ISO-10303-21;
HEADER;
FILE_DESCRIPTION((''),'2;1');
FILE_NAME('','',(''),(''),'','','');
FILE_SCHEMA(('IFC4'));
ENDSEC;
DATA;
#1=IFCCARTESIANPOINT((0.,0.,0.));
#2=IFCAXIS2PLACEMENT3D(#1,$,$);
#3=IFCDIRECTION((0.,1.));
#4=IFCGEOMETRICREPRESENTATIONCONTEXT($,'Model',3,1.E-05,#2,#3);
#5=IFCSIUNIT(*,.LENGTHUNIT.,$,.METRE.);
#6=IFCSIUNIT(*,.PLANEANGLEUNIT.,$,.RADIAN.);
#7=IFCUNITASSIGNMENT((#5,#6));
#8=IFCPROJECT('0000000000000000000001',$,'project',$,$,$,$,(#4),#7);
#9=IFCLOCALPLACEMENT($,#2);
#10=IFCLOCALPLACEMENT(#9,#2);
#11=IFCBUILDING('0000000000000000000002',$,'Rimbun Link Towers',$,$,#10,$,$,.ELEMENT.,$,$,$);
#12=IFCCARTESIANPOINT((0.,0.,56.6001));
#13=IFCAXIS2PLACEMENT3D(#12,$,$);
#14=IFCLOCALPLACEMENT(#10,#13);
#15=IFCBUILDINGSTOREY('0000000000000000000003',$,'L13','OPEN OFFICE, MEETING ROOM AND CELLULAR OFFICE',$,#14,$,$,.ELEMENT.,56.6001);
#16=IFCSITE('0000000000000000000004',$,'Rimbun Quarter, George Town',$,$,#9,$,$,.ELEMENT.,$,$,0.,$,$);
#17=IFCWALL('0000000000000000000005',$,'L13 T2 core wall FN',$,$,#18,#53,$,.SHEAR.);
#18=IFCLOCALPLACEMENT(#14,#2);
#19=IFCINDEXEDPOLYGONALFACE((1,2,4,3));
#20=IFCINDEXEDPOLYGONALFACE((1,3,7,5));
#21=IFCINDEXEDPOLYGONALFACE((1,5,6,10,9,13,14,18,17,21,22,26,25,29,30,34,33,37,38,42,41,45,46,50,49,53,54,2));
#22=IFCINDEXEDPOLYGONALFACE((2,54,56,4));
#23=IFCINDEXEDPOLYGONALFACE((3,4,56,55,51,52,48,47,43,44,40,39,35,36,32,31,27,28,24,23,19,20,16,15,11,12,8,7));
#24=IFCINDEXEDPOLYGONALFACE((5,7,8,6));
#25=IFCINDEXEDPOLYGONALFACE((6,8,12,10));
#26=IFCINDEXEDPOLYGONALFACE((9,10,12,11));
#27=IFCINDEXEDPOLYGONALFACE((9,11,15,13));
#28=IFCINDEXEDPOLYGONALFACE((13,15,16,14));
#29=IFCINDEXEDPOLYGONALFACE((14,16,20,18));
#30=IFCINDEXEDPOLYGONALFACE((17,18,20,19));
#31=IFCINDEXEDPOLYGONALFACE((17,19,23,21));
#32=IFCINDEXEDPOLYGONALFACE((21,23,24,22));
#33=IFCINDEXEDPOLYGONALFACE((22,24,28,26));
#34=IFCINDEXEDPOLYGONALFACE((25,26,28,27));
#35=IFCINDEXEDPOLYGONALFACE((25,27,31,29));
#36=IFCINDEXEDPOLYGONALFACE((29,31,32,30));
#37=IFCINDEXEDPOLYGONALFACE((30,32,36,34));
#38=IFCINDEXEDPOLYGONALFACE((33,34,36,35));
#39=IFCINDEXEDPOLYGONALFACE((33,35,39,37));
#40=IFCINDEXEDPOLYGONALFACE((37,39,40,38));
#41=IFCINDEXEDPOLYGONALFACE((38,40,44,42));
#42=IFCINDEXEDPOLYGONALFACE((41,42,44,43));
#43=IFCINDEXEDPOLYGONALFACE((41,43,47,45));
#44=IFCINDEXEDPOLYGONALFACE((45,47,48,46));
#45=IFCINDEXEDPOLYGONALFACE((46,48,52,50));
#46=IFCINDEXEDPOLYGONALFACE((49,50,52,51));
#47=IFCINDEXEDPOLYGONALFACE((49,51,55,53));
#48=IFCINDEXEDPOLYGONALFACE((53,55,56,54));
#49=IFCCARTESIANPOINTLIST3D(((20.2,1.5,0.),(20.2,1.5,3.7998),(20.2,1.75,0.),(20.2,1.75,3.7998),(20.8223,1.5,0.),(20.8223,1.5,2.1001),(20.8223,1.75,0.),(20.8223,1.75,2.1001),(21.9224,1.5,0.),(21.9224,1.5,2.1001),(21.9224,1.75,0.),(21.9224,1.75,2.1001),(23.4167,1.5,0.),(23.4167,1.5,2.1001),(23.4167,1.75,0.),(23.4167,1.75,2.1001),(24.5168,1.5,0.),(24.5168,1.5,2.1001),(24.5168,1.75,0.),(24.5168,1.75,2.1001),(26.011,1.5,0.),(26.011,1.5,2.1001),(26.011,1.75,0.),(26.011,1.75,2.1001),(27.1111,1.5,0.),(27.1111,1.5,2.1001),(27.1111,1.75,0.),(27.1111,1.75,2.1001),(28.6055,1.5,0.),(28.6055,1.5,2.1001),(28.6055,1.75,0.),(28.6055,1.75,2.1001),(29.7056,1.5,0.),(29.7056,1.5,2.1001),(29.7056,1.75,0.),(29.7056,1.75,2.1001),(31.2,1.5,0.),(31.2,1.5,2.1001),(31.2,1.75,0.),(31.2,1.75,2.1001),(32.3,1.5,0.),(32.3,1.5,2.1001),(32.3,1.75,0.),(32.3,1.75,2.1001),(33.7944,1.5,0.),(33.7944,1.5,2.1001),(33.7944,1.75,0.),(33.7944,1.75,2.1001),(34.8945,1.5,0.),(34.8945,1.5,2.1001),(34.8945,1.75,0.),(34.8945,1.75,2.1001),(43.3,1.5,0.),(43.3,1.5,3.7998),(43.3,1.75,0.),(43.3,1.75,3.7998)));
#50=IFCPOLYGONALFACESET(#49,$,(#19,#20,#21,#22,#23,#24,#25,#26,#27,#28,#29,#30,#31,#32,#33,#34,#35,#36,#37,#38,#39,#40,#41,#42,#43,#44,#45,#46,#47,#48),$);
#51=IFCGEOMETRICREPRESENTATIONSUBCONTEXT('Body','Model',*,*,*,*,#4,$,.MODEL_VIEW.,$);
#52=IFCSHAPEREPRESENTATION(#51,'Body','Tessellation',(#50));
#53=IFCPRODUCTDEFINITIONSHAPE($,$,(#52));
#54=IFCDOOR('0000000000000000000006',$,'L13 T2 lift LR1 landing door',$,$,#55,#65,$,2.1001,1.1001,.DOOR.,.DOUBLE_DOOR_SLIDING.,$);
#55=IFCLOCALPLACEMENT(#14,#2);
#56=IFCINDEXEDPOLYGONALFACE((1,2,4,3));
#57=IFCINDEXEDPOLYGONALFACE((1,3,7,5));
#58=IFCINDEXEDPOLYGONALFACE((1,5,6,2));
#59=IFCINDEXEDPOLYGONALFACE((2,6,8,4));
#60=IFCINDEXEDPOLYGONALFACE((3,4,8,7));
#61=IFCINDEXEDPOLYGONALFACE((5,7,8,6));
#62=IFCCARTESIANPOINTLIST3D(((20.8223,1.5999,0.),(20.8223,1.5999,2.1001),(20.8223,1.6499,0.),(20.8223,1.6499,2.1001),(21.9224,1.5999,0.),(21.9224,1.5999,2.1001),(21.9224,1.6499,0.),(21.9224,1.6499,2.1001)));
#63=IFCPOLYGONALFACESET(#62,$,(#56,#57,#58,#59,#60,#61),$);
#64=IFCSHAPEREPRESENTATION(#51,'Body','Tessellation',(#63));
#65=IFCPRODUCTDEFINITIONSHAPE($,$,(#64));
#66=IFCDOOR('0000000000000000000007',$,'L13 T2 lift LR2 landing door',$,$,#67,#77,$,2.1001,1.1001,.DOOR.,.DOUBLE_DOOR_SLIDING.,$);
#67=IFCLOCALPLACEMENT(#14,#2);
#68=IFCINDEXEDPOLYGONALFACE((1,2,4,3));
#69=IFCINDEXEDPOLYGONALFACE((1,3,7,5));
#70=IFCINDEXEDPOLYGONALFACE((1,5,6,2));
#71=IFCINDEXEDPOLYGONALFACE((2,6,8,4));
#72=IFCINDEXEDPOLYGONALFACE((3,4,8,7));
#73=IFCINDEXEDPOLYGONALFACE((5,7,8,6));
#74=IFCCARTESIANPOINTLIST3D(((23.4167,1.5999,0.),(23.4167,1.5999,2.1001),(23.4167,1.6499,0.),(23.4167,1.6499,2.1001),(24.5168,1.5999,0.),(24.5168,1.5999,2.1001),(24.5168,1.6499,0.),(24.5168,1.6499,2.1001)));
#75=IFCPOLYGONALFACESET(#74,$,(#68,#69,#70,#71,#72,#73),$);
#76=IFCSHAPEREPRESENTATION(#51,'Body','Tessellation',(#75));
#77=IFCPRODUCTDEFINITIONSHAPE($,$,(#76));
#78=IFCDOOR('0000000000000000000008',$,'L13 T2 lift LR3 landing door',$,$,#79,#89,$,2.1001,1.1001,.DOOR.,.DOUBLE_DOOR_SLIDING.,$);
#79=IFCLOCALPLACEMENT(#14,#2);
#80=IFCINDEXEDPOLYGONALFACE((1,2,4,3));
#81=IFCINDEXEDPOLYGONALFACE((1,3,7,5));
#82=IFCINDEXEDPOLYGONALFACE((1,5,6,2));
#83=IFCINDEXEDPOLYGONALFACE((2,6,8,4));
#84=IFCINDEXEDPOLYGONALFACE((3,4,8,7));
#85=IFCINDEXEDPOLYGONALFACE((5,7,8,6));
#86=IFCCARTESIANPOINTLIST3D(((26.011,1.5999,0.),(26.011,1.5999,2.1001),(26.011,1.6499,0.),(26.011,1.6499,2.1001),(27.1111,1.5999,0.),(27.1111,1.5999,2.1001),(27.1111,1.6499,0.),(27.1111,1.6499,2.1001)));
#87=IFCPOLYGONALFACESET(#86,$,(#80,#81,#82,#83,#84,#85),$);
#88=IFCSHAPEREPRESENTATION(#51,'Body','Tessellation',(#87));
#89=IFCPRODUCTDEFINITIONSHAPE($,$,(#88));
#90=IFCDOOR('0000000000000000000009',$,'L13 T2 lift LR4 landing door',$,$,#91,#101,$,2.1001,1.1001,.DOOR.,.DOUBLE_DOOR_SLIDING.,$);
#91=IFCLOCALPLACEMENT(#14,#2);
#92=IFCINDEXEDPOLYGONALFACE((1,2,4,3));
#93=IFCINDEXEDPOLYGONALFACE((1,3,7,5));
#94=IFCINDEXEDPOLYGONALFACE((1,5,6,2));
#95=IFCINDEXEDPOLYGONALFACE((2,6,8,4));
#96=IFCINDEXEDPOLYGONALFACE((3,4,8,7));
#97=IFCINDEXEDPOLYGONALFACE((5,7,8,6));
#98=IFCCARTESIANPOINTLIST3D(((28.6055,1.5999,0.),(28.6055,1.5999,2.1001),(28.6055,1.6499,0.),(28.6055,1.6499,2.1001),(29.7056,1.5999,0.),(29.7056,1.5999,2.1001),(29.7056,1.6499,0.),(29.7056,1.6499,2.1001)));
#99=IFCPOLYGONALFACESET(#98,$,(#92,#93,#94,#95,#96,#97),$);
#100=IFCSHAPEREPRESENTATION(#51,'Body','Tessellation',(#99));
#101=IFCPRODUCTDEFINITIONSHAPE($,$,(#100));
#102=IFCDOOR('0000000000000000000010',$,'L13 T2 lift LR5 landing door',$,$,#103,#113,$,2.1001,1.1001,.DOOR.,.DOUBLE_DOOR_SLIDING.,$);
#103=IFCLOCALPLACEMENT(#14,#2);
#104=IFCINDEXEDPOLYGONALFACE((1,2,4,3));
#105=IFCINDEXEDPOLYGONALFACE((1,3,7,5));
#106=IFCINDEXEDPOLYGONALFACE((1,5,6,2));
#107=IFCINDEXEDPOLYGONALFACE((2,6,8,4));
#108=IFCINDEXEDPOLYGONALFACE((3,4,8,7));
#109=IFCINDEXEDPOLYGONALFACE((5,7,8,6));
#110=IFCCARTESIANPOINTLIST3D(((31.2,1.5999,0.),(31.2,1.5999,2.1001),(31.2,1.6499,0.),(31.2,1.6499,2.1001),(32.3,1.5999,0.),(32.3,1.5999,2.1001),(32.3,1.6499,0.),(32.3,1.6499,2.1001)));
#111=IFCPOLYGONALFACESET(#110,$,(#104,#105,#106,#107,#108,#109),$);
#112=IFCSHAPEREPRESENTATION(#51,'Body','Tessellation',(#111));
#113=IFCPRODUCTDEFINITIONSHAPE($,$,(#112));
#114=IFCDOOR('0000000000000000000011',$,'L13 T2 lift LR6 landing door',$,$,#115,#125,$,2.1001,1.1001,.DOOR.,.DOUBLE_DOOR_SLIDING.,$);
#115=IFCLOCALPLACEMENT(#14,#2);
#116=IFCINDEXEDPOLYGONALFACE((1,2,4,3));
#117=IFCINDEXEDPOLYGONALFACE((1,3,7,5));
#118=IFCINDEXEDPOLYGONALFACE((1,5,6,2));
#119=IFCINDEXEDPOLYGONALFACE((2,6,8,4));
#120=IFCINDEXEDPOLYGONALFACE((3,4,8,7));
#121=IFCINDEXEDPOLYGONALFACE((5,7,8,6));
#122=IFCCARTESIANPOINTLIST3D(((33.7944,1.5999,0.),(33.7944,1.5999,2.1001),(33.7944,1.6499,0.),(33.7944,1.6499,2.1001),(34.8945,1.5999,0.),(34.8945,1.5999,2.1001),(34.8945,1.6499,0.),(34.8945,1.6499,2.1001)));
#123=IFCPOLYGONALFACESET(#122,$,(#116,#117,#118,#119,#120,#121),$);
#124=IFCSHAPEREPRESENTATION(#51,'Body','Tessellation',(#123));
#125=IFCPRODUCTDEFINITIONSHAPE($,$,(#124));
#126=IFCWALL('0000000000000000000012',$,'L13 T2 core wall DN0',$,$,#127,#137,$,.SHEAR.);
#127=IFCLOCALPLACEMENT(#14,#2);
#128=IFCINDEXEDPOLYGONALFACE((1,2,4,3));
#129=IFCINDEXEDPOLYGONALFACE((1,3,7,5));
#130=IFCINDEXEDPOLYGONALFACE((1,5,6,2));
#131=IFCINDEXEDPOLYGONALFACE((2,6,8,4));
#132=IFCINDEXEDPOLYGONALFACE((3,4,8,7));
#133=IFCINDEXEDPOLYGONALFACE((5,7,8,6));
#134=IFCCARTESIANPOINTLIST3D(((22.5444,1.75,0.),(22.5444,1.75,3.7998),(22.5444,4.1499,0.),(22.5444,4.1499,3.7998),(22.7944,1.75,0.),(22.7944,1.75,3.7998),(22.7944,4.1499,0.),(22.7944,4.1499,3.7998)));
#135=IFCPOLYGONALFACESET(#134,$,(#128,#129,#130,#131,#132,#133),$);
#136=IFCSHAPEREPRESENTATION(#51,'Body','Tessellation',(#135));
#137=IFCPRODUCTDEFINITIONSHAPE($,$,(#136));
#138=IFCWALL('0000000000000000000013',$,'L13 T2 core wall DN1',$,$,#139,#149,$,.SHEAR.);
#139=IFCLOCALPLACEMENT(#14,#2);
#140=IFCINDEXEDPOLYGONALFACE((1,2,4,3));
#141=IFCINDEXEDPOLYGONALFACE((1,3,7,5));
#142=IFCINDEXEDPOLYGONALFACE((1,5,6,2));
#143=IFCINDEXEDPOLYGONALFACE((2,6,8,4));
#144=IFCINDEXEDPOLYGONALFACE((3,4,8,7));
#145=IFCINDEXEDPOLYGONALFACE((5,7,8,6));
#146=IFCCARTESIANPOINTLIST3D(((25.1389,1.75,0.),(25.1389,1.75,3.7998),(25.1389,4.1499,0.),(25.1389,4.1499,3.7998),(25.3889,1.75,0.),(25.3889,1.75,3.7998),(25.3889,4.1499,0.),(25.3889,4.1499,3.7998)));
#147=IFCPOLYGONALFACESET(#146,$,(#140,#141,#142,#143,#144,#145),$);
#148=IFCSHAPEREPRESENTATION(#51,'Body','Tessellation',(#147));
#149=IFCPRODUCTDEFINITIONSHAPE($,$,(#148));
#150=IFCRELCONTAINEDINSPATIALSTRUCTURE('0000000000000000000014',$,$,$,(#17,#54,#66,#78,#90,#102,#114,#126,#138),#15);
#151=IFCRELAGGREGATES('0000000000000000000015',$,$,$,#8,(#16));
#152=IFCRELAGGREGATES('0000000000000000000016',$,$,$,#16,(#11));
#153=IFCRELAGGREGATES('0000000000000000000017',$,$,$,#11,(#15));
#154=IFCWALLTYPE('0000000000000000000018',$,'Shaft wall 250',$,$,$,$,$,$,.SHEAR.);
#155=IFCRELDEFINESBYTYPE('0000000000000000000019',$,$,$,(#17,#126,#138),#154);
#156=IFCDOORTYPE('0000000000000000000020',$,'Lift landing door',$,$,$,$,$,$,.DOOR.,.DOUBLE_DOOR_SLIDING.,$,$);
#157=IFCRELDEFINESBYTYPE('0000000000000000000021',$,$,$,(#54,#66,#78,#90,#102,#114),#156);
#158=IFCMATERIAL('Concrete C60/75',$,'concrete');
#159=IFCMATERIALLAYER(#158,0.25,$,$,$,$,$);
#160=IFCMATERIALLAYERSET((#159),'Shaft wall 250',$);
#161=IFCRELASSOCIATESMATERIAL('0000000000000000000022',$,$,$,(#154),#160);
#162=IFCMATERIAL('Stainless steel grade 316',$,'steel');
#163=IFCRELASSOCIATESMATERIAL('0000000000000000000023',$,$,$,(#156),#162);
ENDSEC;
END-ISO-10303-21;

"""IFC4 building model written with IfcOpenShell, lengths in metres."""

from ifc_helpers import new_model, si_unit, direction, frame, frame_2d, origin, place, context, subcontext, project, spatial, rectangle, extrude, material, layer, layer_set, type_object, element, fill, save


model = new_model("IFC4")

# Units and contexts
model_context = context("Model", 3, precision=1e-05, world=origin(), true_north=direction((0.0, 1.0)))
body_context = subcontext(model_context, "Body", "Model", "MODEL_VIEW")
ifc_project = project(units=[si_unit("LENGTHUNIT", "METRE"), si_unit("PLANEANGLEUNIT", "RADIAN")], contexts=[model_context])

# Site, building, storey
site_placement = place(None, origin())
site = spatial("IfcSite", under=ifc_project, at=site_placement, Name="Rimbun Quarter, George Town", CompositionType="ELEMENT", RefElevation=0.0)
building_placement = place(site_placement, origin())
building = spatial("IfcBuilding", under=site, at=building_placement, Name="Rimbun Link Towers", CompositionType="ELEMENT")
storey_placement = place(building_placement, frame((0.0, 0.0, 56.6001)))
storey = spatial("IfcBuildingStorey", under=building, at=storey_placement, Name="L13", Description="OPEN OFFICE, MEETING ROOM AND CELLULAR OFFICE", CompositionType="ELEMENT", Elevation=56.6001)

# Shared definitions
ifc_material_1 = material(Name="Concrete C60/75", Category="concrete")
ifc_layer_1 = layer(ifc_material_1, 0.25)
ifc_layer_set_1 = layer_set([ifc_layer_1], Name="Shaft wall 250")
wall_type_1 = type_object("IfcWallType", Name="Shaft wall 250", PredefinedType="SHEAR", material=ifc_layer_set_1)

# Wall, openings, doors
wall_1_placement = place(storey_placement, frame((20.2, 1.625, 0.0), z_axis=(0.0, 0.0, 1.0), x_axis=(1.0, 0.0, 0.0)))
wall_1 = element("IfcWall", 1, at=wall_1_placement, inside=storey, type_object=wall_type_1, Name="L13 T2 core wall FN", PredefinedType="SHEAR", context=body_context, shape_type="SweptSolid", body=[
    extrude(rectangle(XDim=23.1001, YDim=0.25, at=frame_2d((11.55, 0.0))), origin(), (0.0, 0.0, 1.0), 3.7998),
])
opening_1_placement = place(wall_1_placement, frame((0.6223, 0.0, 0.0)))
opening_1 = element("IfcOpeningElement", 2, at=opening_1_placement, cuts=wall_1, PredefinedType="OPENING", context=body_context, shape_type="SweptSolid", body=[
    extrude(rectangle(XDim=1.1001, YDim=2.1001, at=frame_2d((0.55, 1.05))), frame((0.0, 0.135, 0.0), z_axis=(0.0, -1.0, 0.0), x_axis=(1.0, 0.0, 0.0)), (0.0, 0.0, 1.0), 0.27),
])
opening_2_placement = place(wall_1_placement, frame((3.2168, 0.0, 0.0)))
opening_2 = element("IfcOpeningElement", 3, at=opening_2_placement, cuts=wall_1, PredefinedType="OPENING", context=body_context, shape_type="SweptSolid", body=[
    extrude(rectangle(XDim=1.1001, YDim=2.1001, at=frame_2d((0.55, 1.05))), frame((0.0, 0.135, 0.0), z_axis=(0.0, -1.0, 0.0), x_axis=(1.0, 0.0, 0.0)), (0.0, 0.0, 1.0), 0.27),
])
opening_3_placement = place(wall_1_placement, frame((5.811, 0.0, 0.0)))
opening_3 = element("IfcOpeningElement", 4, at=opening_3_placement, cuts=wall_1, PredefinedType="OPENING", context=body_context, shape_type="SweptSolid", body=[
    extrude(rectangle(XDim=1.1001, YDim=2.1001, at=frame_2d((0.55, 1.05))), frame((0.0, 0.135, 0.0), z_axis=(0.0, -1.0, 0.0), x_axis=(1.0, 0.0, 0.0)), (0.0, 0.0, 1.0), 0.27),
])
opening_4_placement = place(wall_1_placement, frame((8.4055, 0.0, 0.0)))
opening_4 = element("IfcOpeningElement", 5, at=opening_4_placement, cuts=wall_1, PredefinedType="OPENING", context=body_context, shape_type="SweptSolid", body=[
    extrude(rectangle(XDim=1.1001, YDim=2.1001, at=frame_2d((0.55, 1.05))), frame((0.0, 0.135, 0.0), z_axis=(0.0, -1.0, 0.0), x_axis=(1.0, 0.0, 0.0)), (0.0, 0.0, 1.0), 0.27),
])
opening_5_placement = place(wall_1_placement, frame((11.0, 0.0, 0.0)))
opening_5 = element("IfcOpeningElement", 6, at=opening_5_placement, cuts=wall_1, PredefinedType="OPENING", context=body_context, shape_type="SweptSolid", body=[
    extrude(rectangle(XDim=1.1001, YDim=2.1001, at=frame_2d((0.55, 1.05))), frame((0.0, 0.135, 0.0), z_axis=(0.0, -1.0, 0.0), x_axis=(1.0, 0.0, 0.0)), (0.0, 0.0, 1.0), 0.27),
])
opening_6_placement = place(wall_1_placement, frame((13.5945, 0.0, 0.0)))
opening_6 = element("IfcOpeningElement", 7, at=opening_6_placement, cuts=wall_1, PredefinedType="OPENING", context=body_context, shape_type="SweptSolid", body=[
    extrude(rectangle(XDim=1.1001, YDim=2.1001, at=frame_2d((0.55, 1.05))), frame((0.0, 0.135, 0.0), z_axis=(0.0, -1.0, 0.0), x_axis=(1.0, 0.0, 0.0)), (0.0, 0.0, 1.0), 0.27),
])
ifc_material_2 = material(Name="Stainless steel grade 316", Category="steel")
door_type_1 = type_object("IfcDoorType", Name="Lift landing door", OperationType="DOUBLE_DOOR_SLIDING", PredefinedType="DOOR", material=ifc_material_2)
door_1_placement = place(opening_1_placement, origin())
door_1 = element("IfcDoor", 8, at=door_1_placement, inside=storey, type_object=door_type_1, Name="L13 T2 lift LR1 landing door", OperationType="DOUBLE_DOOR_SLIDING", OverallHeight=2.1001, OverallWidth=1.1001, PredefinedType="DOOR", context=body_context, shape_type="SweptSolid", body=[
    extrude(rectangle(XDim=1.1001, YDim=2.1001, at=frame_2d((0.55, 1.05))), frame((0.0, 0.0249, 0.0), z_axis=(0.0, -1.0, 0.0), x_axis=(1.0, 0.0, 0.0)), (0.0, 0.0, 1.0), 0.05),
])
fill(opening_1, door_1)
door_2_placement = place(opening_2_placement, origin())
door_2 = element("IfcDoor", 9, at=door_2_placement, inside=storey, type_object=door_type_1, Name="L13 T2 lift LR2 landing door", OperationType="DOUBLE_DOOR_SLIDING", OverallHeight=2.1001, OverallWidth=1.1001, PredefinedType="DOOR", context=body_context, shape_type="SweptSolid", body=[
    extrude(rectangle(XDim=1.1001, YDim=2.1001, at=frame_2d((0.55, 1.05))), frame((0.0, 0.0249, 0.0), z_axis=(0.0, -1.0, 0.0), x_axis=(1.0, 0.0, 0.0)), (0.0, 0.0, 1.0), 0.05),
])
fill(opening_2, door_2)
door_3_placement = place(opening_3_placement, origin())
door_3 = element("IfcDoor", 10, at=door_3_placement, inside=storey, type_object=door_type_1, Name="L13 T2 lift LR3 landing door", OperationType="DOUBLE_DOOR_SLIDING", OverallHeight=2.1001, OverallWidth=1.1001, PredefinedType="DOOR", context=body_context, shape_type="SweptSolid", body=[
    extrude(rectangle(XDim=1.1001, YDim=2.1001, at=frame_2d((0.55, 1.05))), frame((0.0, 0.0249, 0.0), z_axis=(0.0, -1.0, 0.0), x_axis=(1.0, 0.0, 0.0)), (0.0, 0.0, 1.0), 0.05),
])
fill(opening_3, door_3)
door_4_placement = place(opening_4_placement, origin())
door_4 = element("IfcDoor", 11, at=door_4_placement, inside=storey, type_object=door_type_1, Name="L13 T2 lift LR4 landing door", OperationType="DOUBLE_DOOR_SLIDING", OverallHeight=2.1001, OverallWidth=1.1001, PredefinedType="DOOR", context=body_context, shape_type="SweptSolid", body=[
    extrude(rectangle(XDim=1.1001, YDim=2.1001, at=frame_2d((0.55, 1.05))), frame((0.0, 0.0249, 0.0), z_axis=(0.0, -1.0, 0.0), x_axis=(1.0, 0.0, 0.0)), (0.0, 0.0, 1.0), 0.05),
])
fill(opening_4, door_4)
door_5_placement = place(opening_5_placement, origin())
door_5 = element("IfcDoor", 12, at=door_5_placement, inside=storey, type_object=door_type_1, Name="L13 T2 lift LR5 landing door", OperationType="DOUBLE_DOOR_SLIDING", OverallHeight=2.1001, OverallWidth=1.1001, PredefinedType="DOOR", context=body_context, shape_type="SweptSolid", body=[
    extrude(rectangle(XDim=1.1001, YDim=2.1001, at=frame_2d((0.55, 1.05))), frame((0.0, 0.0249, 0.0), z_axis=(0.0, -1.0, 0.0), x_axis=(1.0, 0.0, 0.0)), (0.0, 0.0, 1.0), 0.05),
])
fill(opening_5, door_5)
door_6_placement = place(opening_6_placement, origin())
door_6 = element("IfcDoor", 13, at=door_6_placement, inside=storey, type_object=door_type_1, Name="L13 T2 lift LR6 landing door", OperationType="DOUBLE_DOOR_SLIDING", OverallHeight=2.1001, OverallWidth=1.1001, PredefinedType="DOOR", context=body_context, shape_type="SweptSolid", body=[
    extrude(rectangle(XDim=1.1001, YDim=2.1001, at=frame_2d((0.55, 1.05))), frame((0.0, 0.0249, 0.0), z_axis=(0.0, -1.0, 0.0), x_axis=(1.0, 0.0, 0.0)), (0.0, 0.0, 1.0), 0.05),
])
fill(opening_6, door_6)

# Walls
for number, where, z_axis, x_axis, name in (
    (14, (22.6694, 1.75, 0.0), (0.0, 0.0, 1.0), (0.0, 1.0, 0.0), "L13 T2 core wall DN0"),
    (15, (25.2639, 1.75, 0.0), (0.0, 0.0, 1.0), (0.0, 1.0, 0.0), "L13 T2 core wall DN1"),
):
    element("IfcWall", number, at=place(storey_placement, frame(where, z_axis=z_axis, x_axis=x_axis)), inside=storey, type_object=wall_type_1, Name=name, PredefinedType="SHEAR", context=body_context, shape_type="SweptSolid", body=[
        extrude(rectangle(XDim=2.3999, YDim=0.25, at=frame_2d((1.2, 0.0))), origin(), (0.0, 0.0, 1.0), 3.7998),
    ])

save(model, "model.ifc")
